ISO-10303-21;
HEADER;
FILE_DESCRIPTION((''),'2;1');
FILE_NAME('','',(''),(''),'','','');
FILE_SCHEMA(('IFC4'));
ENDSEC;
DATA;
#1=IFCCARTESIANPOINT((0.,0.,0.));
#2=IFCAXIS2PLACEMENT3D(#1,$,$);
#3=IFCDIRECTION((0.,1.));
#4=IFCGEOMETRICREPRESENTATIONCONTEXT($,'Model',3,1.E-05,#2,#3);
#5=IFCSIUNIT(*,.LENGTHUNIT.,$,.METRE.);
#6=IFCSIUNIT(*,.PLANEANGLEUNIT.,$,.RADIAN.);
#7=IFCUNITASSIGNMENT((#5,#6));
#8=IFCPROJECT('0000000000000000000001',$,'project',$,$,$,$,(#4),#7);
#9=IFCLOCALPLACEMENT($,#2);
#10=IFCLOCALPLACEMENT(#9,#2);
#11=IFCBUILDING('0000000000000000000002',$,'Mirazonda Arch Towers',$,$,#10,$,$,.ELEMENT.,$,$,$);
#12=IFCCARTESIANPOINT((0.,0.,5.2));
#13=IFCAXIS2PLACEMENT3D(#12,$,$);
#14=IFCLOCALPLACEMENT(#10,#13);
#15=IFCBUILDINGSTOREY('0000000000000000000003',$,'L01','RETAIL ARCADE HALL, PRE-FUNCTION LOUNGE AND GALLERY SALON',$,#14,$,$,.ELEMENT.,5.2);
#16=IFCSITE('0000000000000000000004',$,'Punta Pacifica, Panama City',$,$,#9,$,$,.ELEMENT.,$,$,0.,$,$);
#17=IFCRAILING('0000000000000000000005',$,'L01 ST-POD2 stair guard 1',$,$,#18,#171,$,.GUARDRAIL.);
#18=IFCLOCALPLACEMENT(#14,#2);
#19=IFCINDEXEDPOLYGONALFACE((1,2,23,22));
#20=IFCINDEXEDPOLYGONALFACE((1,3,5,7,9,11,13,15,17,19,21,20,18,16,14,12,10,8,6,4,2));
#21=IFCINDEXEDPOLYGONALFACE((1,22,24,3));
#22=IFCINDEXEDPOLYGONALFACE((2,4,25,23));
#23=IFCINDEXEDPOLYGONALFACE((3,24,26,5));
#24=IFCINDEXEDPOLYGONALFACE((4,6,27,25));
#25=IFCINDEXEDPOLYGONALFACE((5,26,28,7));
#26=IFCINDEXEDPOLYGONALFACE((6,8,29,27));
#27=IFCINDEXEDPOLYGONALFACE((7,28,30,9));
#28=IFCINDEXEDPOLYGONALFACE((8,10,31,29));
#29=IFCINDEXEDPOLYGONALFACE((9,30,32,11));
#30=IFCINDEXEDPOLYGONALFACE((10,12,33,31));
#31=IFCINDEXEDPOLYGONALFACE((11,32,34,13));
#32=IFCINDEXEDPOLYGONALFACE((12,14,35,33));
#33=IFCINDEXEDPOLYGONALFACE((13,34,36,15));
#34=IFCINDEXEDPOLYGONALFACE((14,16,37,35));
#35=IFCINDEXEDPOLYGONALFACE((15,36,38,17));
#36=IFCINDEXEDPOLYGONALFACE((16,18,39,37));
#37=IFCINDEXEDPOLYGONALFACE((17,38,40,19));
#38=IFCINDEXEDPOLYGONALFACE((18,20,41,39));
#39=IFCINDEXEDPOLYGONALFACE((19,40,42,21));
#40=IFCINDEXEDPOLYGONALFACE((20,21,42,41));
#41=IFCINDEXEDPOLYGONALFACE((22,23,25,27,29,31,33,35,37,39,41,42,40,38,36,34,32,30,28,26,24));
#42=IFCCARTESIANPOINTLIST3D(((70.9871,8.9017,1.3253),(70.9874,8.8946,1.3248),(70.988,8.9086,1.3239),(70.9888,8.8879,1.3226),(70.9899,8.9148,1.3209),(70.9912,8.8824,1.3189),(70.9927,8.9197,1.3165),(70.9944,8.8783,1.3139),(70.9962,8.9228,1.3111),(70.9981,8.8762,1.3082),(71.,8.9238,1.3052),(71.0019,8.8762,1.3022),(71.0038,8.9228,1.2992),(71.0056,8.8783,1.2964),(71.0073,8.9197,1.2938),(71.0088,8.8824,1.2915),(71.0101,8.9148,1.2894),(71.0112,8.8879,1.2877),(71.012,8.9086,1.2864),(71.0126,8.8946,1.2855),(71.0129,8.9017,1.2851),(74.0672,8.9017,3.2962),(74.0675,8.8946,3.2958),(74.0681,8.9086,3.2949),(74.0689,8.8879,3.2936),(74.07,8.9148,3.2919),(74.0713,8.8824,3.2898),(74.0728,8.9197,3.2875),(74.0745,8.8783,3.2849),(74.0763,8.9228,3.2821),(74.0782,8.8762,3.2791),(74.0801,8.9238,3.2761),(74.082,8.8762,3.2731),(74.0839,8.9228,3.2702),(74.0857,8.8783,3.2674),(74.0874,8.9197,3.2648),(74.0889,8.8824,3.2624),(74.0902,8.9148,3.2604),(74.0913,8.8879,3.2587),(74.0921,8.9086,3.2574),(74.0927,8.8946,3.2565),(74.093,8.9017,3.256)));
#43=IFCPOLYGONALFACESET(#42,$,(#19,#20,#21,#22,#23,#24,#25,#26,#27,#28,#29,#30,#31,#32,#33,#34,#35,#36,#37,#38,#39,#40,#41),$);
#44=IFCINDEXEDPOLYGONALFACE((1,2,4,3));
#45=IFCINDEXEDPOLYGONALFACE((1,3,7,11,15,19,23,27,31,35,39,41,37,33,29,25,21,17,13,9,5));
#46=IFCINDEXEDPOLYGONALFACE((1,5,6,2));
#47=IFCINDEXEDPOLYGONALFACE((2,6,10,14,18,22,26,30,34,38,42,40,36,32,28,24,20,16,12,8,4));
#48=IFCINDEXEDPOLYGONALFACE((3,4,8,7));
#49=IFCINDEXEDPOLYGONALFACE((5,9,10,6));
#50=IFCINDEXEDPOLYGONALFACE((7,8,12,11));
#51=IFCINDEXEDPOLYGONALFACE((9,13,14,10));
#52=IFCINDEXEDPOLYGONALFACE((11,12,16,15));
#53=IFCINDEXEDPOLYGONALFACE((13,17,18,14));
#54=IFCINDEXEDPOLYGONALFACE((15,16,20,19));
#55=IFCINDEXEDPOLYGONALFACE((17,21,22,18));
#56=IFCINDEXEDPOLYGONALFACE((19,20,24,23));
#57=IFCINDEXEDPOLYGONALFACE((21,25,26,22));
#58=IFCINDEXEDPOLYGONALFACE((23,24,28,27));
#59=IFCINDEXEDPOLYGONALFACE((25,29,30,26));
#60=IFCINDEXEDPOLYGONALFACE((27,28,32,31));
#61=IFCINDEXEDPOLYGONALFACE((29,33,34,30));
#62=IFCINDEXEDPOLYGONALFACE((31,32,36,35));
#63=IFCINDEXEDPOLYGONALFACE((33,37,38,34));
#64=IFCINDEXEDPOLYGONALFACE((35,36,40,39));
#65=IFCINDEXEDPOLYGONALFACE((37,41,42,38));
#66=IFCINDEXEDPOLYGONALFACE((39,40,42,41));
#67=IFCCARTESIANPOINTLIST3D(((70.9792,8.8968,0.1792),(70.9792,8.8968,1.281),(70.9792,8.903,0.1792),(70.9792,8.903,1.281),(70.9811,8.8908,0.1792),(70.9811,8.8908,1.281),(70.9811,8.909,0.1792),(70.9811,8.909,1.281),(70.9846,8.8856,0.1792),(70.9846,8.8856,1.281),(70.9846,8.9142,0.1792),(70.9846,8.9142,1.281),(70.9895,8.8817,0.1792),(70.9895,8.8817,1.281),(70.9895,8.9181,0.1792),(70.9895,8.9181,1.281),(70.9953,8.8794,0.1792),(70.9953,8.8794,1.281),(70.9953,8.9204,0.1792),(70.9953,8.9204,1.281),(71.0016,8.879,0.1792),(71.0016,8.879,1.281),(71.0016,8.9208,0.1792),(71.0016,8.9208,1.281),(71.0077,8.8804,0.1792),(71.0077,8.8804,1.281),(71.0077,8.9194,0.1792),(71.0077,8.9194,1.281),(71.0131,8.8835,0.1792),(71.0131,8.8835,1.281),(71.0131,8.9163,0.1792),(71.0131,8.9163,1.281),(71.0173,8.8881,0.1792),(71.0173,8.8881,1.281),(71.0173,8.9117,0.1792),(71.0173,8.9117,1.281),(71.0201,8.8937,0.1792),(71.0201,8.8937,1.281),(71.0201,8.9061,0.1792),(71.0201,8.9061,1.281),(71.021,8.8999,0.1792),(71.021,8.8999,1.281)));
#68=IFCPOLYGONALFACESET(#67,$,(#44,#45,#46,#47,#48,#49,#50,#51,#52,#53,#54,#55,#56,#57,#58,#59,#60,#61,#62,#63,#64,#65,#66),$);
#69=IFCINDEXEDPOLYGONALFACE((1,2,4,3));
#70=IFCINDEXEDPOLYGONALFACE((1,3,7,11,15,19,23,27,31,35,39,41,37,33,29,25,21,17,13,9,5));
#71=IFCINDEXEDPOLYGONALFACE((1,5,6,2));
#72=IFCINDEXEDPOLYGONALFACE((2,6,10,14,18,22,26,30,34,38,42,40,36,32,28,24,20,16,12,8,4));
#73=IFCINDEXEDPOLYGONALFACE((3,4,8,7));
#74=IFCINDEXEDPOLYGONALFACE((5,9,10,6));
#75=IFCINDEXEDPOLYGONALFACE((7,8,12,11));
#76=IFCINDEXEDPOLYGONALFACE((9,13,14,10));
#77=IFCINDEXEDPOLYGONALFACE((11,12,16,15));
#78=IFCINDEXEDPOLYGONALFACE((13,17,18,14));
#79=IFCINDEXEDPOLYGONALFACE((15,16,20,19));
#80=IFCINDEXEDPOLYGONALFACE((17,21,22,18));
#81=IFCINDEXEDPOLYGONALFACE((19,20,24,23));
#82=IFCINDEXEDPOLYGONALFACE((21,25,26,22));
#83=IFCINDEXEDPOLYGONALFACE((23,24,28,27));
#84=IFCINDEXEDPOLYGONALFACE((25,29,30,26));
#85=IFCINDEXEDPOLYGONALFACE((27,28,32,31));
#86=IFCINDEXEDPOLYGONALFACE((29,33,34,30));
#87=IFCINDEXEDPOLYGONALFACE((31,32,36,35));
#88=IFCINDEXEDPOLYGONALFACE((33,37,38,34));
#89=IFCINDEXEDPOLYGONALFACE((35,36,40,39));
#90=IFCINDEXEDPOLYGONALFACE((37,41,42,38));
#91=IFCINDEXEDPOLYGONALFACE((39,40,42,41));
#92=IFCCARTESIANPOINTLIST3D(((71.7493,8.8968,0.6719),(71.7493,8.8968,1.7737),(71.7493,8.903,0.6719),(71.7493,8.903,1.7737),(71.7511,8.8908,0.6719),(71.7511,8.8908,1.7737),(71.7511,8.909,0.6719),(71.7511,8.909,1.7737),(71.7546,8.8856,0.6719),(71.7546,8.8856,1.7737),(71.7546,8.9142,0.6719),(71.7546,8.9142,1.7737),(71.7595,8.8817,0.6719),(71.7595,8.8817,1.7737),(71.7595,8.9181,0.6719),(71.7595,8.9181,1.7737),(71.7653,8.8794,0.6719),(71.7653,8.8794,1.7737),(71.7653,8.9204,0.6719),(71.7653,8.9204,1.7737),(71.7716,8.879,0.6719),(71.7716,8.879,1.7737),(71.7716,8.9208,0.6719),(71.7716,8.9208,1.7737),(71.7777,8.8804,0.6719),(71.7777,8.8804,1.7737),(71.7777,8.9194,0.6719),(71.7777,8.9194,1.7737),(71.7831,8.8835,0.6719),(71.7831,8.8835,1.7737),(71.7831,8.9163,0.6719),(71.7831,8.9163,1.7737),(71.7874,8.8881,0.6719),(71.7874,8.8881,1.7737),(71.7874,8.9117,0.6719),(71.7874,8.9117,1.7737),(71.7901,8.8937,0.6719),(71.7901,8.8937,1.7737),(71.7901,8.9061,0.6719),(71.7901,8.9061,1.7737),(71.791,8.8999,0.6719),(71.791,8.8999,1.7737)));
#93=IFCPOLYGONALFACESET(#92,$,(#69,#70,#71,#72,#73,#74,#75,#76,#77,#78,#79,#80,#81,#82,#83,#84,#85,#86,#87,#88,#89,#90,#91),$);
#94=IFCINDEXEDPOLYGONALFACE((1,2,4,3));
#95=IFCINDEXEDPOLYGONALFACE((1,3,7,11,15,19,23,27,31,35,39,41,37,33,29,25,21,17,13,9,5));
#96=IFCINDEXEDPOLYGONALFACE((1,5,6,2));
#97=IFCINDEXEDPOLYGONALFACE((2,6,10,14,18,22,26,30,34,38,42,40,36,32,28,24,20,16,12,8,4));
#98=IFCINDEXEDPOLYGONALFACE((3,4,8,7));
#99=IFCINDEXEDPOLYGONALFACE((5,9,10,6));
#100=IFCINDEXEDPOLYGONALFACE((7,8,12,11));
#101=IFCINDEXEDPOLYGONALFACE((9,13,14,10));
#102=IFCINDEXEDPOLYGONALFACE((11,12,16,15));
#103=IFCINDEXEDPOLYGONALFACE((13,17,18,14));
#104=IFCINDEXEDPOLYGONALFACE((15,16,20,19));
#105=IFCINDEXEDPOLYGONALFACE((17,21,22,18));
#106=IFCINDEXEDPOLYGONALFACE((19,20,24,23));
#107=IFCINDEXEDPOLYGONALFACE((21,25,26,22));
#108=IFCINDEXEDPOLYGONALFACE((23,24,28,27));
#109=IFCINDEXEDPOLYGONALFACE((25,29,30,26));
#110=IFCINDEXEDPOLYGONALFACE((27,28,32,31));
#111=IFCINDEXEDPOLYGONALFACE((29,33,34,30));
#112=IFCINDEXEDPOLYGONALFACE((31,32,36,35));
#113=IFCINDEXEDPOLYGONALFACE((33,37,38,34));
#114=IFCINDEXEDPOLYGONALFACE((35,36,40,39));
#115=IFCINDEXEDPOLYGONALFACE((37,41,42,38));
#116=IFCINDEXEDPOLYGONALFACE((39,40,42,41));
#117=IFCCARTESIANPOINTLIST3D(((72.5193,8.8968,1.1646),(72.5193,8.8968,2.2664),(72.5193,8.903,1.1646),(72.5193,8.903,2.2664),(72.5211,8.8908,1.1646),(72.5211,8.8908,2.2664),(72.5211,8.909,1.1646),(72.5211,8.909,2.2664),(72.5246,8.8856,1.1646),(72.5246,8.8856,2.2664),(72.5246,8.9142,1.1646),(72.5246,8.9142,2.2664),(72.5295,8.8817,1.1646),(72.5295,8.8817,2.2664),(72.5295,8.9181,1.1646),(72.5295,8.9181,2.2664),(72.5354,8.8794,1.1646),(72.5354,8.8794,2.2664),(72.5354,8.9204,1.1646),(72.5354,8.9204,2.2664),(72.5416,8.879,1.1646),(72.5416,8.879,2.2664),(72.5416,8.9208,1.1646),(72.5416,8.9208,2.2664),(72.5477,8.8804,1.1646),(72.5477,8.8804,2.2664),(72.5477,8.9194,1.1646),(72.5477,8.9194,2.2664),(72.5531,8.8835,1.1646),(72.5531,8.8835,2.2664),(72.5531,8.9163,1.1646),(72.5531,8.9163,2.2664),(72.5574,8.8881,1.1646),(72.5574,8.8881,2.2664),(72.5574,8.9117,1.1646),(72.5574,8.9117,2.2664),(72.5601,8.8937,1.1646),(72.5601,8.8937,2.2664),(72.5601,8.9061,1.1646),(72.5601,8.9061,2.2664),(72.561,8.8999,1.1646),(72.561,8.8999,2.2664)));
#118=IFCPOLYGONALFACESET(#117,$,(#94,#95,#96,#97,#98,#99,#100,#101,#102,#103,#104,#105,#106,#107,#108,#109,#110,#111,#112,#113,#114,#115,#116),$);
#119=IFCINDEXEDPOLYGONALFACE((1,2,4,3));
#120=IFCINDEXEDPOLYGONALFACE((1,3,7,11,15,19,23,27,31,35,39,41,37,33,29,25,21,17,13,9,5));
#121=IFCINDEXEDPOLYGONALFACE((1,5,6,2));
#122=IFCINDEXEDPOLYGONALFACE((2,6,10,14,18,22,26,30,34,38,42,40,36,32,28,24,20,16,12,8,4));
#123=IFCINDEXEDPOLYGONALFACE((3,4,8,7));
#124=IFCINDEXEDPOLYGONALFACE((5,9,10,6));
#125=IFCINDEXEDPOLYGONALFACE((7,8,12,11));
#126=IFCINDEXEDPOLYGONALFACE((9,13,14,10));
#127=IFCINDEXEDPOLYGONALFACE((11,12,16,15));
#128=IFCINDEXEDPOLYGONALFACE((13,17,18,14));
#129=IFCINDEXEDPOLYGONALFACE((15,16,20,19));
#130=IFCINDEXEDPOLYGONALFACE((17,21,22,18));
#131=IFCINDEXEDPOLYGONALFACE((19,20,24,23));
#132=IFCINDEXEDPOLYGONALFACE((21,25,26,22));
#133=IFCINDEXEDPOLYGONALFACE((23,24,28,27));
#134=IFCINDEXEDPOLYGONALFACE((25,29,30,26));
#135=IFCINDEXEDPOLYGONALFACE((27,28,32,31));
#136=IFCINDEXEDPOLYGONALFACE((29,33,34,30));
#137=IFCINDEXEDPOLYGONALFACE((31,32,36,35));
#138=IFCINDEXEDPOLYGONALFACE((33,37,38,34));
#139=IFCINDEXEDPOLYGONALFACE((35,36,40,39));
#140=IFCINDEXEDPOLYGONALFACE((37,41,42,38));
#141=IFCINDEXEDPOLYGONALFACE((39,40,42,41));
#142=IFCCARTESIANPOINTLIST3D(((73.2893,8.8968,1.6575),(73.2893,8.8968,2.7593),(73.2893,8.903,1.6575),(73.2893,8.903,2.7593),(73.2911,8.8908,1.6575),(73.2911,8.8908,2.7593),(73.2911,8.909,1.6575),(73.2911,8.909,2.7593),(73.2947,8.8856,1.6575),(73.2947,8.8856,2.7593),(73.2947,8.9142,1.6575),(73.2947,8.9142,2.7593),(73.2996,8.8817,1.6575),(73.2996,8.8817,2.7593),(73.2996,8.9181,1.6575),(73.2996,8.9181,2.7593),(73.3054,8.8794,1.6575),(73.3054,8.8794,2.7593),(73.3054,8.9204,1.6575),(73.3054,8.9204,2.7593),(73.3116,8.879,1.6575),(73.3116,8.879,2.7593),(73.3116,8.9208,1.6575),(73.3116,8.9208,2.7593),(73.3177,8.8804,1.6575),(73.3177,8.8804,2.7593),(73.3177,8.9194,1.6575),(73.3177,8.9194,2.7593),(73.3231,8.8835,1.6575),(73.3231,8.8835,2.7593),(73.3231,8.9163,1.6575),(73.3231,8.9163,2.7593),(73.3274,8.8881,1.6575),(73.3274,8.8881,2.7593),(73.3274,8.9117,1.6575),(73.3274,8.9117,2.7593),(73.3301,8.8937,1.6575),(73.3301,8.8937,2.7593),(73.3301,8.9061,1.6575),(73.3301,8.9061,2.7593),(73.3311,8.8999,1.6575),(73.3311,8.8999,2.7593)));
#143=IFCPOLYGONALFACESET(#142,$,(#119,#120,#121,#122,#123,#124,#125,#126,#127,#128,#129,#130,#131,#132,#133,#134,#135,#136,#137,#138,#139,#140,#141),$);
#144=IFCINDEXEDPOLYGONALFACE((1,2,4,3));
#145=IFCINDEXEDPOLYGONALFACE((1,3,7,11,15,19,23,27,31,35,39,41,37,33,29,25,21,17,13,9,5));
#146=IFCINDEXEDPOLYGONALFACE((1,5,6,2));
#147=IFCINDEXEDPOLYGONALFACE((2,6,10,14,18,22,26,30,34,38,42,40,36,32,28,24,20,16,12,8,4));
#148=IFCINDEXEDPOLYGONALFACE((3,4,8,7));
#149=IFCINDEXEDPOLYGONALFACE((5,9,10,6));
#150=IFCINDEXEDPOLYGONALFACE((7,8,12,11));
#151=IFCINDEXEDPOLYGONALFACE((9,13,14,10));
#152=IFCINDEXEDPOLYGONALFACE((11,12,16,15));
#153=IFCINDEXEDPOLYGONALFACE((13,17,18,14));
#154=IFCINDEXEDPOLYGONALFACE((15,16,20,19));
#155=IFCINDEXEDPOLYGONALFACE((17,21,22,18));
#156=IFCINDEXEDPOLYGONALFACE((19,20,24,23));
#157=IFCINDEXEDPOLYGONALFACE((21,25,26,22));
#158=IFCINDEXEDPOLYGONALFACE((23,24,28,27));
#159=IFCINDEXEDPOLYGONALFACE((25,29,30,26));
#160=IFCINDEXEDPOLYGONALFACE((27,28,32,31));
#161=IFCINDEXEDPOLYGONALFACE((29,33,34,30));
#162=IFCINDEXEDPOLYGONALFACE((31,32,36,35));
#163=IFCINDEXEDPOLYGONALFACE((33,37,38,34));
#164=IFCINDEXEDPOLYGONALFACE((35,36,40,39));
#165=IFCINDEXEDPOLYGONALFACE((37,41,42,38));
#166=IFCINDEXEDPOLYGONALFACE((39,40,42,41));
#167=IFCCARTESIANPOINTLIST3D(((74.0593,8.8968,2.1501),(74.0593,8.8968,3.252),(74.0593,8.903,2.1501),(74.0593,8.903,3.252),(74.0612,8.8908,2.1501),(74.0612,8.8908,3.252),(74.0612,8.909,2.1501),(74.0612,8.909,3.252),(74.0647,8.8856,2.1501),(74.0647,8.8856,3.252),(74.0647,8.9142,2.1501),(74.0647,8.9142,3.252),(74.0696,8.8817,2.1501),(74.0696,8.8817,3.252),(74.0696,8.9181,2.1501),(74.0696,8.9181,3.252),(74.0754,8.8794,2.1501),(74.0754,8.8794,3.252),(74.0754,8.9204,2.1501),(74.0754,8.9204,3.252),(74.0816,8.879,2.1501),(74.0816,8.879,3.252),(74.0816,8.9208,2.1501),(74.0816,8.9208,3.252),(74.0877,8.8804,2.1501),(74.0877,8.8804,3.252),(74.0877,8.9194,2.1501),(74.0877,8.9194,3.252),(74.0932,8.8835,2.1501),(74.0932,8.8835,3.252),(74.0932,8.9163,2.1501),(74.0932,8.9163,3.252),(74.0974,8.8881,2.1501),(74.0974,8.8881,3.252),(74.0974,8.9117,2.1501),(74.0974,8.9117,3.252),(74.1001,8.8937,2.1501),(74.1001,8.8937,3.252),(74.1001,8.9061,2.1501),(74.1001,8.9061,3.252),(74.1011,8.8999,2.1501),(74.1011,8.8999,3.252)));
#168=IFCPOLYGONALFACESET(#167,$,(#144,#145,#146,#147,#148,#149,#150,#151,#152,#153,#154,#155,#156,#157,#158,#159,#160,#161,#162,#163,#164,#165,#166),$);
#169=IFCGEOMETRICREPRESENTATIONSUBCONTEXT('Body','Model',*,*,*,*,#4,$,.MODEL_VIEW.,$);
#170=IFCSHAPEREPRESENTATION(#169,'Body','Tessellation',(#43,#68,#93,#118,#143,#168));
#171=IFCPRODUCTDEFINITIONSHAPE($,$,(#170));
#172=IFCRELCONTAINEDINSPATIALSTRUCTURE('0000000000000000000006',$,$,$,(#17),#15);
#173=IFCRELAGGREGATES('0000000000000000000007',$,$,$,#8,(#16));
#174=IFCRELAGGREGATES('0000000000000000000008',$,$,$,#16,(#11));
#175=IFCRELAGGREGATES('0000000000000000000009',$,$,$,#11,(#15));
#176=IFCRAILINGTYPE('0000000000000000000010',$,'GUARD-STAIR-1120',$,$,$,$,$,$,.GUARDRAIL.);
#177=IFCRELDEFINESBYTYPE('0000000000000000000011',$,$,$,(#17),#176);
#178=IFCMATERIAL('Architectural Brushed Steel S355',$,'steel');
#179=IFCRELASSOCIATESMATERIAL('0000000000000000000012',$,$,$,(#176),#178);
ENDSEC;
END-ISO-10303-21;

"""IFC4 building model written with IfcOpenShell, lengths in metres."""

from ifc_helpers import new_model, si_unit, direction, frame, origin, origin_2d, place, context, subcontext, project, spatial, circle, extrude, material, type_object, element, save


model = new_model("IFC4")

# Units and contexts
model_context = context("Model", 3, precision=1e-05, world=origin(), true_north=direction((0.0, 1.0)))
body_context = subcontext(model_context, "Body", "Model", "MODEL_VIEW")
ifc_project = project(units=[si_unit("LENGTHUNIT", "METRE"), si_unit("PLANEANGLEUNIT", "RADIAN")], contexts=[model_context])

# Site, building, storey
site_placement = place(None, origin())
site = spatial("IfcSite", under=ifc_project, at=site_placement, Name="Punta Pacifica, Panama City", CompositionType="ELEMENT", RefElevation=0.0)
building_placement = place(site_placement, origin())
building = spatial("IfcBuilding", under=site, at=building_placement, Name="Mirazonda Arch Towers", CompositionType="ELEMENT")
storey_placement = place(building_placement, frame((0.0, 0.0, 5.2)))
storey = spatial("IfcBuildingStorey", under=building, at=storey_placement, Name="L01", Description="RETAIL ARCADE HALL, PRE-FUNCTION LOUNGE AND GALLERY SALON", CompositionType="ELEMENT", Elevation=5.2)

# Railing
ifc_material_1 = material(Name="Architectural Brushed Steel S355", Category="steel")
railing_type_1 = type_object("IfcRailingType", Name="GUARD-STAIR-1120", PredefinedType="GUARDRAIL", material=ifc_material_1)
railing_1_placement = place(storey_placement, frame((71.0, 8.8999, 0.1792)))
element("IfcRailing", 1, at=railing_1_placement, inside=storey, type_object=railing_type_1, Name="L01 ST-POD2 stair guard 1", PredefinedType="GUARDRAIL", context=body_context, shape_type="SweptSolid", body=[
    extrude(circle(Radius=0.0239, at=origin_2d()), frame((0.0, 0.0, 1.126), z_axis=(0.842309, 0.0, 0.538995), x_axis=(0.0, 1.0, 0.0)), (0.0, 0.0, 1.0), 3.6567),
    extrude(circle(Radius=0.021, at=origin_2d()), origin(), (0.0, 0.0, 1.0), 1.1018),
    extrude(circle(Radius=0.021, at=origin_2d()), frame((0.77, 0.0, 0.4927)), (0.0, 0.0, 1.0), 1.1018),
    extrude(circle(Radius=0.021, at=origin_2d()), frame((1.54, 0.0, 0.9854)), (0.0, 0.0, 1.0), 1.1018),
    extrude(circle(Radius=0.021, at=origin_2d()), frame((2.3101, 0.0, 1.4783)), (0.0, 0.0, 1.0), 1.1018),
    extrude(circle(Radius=0.021, at=origin_2d()), frame((3.0801, 0.0, 1.9709)), (0.0, 0.0, 1.0), 1.1018),
])

save(model, "model.ifc")
